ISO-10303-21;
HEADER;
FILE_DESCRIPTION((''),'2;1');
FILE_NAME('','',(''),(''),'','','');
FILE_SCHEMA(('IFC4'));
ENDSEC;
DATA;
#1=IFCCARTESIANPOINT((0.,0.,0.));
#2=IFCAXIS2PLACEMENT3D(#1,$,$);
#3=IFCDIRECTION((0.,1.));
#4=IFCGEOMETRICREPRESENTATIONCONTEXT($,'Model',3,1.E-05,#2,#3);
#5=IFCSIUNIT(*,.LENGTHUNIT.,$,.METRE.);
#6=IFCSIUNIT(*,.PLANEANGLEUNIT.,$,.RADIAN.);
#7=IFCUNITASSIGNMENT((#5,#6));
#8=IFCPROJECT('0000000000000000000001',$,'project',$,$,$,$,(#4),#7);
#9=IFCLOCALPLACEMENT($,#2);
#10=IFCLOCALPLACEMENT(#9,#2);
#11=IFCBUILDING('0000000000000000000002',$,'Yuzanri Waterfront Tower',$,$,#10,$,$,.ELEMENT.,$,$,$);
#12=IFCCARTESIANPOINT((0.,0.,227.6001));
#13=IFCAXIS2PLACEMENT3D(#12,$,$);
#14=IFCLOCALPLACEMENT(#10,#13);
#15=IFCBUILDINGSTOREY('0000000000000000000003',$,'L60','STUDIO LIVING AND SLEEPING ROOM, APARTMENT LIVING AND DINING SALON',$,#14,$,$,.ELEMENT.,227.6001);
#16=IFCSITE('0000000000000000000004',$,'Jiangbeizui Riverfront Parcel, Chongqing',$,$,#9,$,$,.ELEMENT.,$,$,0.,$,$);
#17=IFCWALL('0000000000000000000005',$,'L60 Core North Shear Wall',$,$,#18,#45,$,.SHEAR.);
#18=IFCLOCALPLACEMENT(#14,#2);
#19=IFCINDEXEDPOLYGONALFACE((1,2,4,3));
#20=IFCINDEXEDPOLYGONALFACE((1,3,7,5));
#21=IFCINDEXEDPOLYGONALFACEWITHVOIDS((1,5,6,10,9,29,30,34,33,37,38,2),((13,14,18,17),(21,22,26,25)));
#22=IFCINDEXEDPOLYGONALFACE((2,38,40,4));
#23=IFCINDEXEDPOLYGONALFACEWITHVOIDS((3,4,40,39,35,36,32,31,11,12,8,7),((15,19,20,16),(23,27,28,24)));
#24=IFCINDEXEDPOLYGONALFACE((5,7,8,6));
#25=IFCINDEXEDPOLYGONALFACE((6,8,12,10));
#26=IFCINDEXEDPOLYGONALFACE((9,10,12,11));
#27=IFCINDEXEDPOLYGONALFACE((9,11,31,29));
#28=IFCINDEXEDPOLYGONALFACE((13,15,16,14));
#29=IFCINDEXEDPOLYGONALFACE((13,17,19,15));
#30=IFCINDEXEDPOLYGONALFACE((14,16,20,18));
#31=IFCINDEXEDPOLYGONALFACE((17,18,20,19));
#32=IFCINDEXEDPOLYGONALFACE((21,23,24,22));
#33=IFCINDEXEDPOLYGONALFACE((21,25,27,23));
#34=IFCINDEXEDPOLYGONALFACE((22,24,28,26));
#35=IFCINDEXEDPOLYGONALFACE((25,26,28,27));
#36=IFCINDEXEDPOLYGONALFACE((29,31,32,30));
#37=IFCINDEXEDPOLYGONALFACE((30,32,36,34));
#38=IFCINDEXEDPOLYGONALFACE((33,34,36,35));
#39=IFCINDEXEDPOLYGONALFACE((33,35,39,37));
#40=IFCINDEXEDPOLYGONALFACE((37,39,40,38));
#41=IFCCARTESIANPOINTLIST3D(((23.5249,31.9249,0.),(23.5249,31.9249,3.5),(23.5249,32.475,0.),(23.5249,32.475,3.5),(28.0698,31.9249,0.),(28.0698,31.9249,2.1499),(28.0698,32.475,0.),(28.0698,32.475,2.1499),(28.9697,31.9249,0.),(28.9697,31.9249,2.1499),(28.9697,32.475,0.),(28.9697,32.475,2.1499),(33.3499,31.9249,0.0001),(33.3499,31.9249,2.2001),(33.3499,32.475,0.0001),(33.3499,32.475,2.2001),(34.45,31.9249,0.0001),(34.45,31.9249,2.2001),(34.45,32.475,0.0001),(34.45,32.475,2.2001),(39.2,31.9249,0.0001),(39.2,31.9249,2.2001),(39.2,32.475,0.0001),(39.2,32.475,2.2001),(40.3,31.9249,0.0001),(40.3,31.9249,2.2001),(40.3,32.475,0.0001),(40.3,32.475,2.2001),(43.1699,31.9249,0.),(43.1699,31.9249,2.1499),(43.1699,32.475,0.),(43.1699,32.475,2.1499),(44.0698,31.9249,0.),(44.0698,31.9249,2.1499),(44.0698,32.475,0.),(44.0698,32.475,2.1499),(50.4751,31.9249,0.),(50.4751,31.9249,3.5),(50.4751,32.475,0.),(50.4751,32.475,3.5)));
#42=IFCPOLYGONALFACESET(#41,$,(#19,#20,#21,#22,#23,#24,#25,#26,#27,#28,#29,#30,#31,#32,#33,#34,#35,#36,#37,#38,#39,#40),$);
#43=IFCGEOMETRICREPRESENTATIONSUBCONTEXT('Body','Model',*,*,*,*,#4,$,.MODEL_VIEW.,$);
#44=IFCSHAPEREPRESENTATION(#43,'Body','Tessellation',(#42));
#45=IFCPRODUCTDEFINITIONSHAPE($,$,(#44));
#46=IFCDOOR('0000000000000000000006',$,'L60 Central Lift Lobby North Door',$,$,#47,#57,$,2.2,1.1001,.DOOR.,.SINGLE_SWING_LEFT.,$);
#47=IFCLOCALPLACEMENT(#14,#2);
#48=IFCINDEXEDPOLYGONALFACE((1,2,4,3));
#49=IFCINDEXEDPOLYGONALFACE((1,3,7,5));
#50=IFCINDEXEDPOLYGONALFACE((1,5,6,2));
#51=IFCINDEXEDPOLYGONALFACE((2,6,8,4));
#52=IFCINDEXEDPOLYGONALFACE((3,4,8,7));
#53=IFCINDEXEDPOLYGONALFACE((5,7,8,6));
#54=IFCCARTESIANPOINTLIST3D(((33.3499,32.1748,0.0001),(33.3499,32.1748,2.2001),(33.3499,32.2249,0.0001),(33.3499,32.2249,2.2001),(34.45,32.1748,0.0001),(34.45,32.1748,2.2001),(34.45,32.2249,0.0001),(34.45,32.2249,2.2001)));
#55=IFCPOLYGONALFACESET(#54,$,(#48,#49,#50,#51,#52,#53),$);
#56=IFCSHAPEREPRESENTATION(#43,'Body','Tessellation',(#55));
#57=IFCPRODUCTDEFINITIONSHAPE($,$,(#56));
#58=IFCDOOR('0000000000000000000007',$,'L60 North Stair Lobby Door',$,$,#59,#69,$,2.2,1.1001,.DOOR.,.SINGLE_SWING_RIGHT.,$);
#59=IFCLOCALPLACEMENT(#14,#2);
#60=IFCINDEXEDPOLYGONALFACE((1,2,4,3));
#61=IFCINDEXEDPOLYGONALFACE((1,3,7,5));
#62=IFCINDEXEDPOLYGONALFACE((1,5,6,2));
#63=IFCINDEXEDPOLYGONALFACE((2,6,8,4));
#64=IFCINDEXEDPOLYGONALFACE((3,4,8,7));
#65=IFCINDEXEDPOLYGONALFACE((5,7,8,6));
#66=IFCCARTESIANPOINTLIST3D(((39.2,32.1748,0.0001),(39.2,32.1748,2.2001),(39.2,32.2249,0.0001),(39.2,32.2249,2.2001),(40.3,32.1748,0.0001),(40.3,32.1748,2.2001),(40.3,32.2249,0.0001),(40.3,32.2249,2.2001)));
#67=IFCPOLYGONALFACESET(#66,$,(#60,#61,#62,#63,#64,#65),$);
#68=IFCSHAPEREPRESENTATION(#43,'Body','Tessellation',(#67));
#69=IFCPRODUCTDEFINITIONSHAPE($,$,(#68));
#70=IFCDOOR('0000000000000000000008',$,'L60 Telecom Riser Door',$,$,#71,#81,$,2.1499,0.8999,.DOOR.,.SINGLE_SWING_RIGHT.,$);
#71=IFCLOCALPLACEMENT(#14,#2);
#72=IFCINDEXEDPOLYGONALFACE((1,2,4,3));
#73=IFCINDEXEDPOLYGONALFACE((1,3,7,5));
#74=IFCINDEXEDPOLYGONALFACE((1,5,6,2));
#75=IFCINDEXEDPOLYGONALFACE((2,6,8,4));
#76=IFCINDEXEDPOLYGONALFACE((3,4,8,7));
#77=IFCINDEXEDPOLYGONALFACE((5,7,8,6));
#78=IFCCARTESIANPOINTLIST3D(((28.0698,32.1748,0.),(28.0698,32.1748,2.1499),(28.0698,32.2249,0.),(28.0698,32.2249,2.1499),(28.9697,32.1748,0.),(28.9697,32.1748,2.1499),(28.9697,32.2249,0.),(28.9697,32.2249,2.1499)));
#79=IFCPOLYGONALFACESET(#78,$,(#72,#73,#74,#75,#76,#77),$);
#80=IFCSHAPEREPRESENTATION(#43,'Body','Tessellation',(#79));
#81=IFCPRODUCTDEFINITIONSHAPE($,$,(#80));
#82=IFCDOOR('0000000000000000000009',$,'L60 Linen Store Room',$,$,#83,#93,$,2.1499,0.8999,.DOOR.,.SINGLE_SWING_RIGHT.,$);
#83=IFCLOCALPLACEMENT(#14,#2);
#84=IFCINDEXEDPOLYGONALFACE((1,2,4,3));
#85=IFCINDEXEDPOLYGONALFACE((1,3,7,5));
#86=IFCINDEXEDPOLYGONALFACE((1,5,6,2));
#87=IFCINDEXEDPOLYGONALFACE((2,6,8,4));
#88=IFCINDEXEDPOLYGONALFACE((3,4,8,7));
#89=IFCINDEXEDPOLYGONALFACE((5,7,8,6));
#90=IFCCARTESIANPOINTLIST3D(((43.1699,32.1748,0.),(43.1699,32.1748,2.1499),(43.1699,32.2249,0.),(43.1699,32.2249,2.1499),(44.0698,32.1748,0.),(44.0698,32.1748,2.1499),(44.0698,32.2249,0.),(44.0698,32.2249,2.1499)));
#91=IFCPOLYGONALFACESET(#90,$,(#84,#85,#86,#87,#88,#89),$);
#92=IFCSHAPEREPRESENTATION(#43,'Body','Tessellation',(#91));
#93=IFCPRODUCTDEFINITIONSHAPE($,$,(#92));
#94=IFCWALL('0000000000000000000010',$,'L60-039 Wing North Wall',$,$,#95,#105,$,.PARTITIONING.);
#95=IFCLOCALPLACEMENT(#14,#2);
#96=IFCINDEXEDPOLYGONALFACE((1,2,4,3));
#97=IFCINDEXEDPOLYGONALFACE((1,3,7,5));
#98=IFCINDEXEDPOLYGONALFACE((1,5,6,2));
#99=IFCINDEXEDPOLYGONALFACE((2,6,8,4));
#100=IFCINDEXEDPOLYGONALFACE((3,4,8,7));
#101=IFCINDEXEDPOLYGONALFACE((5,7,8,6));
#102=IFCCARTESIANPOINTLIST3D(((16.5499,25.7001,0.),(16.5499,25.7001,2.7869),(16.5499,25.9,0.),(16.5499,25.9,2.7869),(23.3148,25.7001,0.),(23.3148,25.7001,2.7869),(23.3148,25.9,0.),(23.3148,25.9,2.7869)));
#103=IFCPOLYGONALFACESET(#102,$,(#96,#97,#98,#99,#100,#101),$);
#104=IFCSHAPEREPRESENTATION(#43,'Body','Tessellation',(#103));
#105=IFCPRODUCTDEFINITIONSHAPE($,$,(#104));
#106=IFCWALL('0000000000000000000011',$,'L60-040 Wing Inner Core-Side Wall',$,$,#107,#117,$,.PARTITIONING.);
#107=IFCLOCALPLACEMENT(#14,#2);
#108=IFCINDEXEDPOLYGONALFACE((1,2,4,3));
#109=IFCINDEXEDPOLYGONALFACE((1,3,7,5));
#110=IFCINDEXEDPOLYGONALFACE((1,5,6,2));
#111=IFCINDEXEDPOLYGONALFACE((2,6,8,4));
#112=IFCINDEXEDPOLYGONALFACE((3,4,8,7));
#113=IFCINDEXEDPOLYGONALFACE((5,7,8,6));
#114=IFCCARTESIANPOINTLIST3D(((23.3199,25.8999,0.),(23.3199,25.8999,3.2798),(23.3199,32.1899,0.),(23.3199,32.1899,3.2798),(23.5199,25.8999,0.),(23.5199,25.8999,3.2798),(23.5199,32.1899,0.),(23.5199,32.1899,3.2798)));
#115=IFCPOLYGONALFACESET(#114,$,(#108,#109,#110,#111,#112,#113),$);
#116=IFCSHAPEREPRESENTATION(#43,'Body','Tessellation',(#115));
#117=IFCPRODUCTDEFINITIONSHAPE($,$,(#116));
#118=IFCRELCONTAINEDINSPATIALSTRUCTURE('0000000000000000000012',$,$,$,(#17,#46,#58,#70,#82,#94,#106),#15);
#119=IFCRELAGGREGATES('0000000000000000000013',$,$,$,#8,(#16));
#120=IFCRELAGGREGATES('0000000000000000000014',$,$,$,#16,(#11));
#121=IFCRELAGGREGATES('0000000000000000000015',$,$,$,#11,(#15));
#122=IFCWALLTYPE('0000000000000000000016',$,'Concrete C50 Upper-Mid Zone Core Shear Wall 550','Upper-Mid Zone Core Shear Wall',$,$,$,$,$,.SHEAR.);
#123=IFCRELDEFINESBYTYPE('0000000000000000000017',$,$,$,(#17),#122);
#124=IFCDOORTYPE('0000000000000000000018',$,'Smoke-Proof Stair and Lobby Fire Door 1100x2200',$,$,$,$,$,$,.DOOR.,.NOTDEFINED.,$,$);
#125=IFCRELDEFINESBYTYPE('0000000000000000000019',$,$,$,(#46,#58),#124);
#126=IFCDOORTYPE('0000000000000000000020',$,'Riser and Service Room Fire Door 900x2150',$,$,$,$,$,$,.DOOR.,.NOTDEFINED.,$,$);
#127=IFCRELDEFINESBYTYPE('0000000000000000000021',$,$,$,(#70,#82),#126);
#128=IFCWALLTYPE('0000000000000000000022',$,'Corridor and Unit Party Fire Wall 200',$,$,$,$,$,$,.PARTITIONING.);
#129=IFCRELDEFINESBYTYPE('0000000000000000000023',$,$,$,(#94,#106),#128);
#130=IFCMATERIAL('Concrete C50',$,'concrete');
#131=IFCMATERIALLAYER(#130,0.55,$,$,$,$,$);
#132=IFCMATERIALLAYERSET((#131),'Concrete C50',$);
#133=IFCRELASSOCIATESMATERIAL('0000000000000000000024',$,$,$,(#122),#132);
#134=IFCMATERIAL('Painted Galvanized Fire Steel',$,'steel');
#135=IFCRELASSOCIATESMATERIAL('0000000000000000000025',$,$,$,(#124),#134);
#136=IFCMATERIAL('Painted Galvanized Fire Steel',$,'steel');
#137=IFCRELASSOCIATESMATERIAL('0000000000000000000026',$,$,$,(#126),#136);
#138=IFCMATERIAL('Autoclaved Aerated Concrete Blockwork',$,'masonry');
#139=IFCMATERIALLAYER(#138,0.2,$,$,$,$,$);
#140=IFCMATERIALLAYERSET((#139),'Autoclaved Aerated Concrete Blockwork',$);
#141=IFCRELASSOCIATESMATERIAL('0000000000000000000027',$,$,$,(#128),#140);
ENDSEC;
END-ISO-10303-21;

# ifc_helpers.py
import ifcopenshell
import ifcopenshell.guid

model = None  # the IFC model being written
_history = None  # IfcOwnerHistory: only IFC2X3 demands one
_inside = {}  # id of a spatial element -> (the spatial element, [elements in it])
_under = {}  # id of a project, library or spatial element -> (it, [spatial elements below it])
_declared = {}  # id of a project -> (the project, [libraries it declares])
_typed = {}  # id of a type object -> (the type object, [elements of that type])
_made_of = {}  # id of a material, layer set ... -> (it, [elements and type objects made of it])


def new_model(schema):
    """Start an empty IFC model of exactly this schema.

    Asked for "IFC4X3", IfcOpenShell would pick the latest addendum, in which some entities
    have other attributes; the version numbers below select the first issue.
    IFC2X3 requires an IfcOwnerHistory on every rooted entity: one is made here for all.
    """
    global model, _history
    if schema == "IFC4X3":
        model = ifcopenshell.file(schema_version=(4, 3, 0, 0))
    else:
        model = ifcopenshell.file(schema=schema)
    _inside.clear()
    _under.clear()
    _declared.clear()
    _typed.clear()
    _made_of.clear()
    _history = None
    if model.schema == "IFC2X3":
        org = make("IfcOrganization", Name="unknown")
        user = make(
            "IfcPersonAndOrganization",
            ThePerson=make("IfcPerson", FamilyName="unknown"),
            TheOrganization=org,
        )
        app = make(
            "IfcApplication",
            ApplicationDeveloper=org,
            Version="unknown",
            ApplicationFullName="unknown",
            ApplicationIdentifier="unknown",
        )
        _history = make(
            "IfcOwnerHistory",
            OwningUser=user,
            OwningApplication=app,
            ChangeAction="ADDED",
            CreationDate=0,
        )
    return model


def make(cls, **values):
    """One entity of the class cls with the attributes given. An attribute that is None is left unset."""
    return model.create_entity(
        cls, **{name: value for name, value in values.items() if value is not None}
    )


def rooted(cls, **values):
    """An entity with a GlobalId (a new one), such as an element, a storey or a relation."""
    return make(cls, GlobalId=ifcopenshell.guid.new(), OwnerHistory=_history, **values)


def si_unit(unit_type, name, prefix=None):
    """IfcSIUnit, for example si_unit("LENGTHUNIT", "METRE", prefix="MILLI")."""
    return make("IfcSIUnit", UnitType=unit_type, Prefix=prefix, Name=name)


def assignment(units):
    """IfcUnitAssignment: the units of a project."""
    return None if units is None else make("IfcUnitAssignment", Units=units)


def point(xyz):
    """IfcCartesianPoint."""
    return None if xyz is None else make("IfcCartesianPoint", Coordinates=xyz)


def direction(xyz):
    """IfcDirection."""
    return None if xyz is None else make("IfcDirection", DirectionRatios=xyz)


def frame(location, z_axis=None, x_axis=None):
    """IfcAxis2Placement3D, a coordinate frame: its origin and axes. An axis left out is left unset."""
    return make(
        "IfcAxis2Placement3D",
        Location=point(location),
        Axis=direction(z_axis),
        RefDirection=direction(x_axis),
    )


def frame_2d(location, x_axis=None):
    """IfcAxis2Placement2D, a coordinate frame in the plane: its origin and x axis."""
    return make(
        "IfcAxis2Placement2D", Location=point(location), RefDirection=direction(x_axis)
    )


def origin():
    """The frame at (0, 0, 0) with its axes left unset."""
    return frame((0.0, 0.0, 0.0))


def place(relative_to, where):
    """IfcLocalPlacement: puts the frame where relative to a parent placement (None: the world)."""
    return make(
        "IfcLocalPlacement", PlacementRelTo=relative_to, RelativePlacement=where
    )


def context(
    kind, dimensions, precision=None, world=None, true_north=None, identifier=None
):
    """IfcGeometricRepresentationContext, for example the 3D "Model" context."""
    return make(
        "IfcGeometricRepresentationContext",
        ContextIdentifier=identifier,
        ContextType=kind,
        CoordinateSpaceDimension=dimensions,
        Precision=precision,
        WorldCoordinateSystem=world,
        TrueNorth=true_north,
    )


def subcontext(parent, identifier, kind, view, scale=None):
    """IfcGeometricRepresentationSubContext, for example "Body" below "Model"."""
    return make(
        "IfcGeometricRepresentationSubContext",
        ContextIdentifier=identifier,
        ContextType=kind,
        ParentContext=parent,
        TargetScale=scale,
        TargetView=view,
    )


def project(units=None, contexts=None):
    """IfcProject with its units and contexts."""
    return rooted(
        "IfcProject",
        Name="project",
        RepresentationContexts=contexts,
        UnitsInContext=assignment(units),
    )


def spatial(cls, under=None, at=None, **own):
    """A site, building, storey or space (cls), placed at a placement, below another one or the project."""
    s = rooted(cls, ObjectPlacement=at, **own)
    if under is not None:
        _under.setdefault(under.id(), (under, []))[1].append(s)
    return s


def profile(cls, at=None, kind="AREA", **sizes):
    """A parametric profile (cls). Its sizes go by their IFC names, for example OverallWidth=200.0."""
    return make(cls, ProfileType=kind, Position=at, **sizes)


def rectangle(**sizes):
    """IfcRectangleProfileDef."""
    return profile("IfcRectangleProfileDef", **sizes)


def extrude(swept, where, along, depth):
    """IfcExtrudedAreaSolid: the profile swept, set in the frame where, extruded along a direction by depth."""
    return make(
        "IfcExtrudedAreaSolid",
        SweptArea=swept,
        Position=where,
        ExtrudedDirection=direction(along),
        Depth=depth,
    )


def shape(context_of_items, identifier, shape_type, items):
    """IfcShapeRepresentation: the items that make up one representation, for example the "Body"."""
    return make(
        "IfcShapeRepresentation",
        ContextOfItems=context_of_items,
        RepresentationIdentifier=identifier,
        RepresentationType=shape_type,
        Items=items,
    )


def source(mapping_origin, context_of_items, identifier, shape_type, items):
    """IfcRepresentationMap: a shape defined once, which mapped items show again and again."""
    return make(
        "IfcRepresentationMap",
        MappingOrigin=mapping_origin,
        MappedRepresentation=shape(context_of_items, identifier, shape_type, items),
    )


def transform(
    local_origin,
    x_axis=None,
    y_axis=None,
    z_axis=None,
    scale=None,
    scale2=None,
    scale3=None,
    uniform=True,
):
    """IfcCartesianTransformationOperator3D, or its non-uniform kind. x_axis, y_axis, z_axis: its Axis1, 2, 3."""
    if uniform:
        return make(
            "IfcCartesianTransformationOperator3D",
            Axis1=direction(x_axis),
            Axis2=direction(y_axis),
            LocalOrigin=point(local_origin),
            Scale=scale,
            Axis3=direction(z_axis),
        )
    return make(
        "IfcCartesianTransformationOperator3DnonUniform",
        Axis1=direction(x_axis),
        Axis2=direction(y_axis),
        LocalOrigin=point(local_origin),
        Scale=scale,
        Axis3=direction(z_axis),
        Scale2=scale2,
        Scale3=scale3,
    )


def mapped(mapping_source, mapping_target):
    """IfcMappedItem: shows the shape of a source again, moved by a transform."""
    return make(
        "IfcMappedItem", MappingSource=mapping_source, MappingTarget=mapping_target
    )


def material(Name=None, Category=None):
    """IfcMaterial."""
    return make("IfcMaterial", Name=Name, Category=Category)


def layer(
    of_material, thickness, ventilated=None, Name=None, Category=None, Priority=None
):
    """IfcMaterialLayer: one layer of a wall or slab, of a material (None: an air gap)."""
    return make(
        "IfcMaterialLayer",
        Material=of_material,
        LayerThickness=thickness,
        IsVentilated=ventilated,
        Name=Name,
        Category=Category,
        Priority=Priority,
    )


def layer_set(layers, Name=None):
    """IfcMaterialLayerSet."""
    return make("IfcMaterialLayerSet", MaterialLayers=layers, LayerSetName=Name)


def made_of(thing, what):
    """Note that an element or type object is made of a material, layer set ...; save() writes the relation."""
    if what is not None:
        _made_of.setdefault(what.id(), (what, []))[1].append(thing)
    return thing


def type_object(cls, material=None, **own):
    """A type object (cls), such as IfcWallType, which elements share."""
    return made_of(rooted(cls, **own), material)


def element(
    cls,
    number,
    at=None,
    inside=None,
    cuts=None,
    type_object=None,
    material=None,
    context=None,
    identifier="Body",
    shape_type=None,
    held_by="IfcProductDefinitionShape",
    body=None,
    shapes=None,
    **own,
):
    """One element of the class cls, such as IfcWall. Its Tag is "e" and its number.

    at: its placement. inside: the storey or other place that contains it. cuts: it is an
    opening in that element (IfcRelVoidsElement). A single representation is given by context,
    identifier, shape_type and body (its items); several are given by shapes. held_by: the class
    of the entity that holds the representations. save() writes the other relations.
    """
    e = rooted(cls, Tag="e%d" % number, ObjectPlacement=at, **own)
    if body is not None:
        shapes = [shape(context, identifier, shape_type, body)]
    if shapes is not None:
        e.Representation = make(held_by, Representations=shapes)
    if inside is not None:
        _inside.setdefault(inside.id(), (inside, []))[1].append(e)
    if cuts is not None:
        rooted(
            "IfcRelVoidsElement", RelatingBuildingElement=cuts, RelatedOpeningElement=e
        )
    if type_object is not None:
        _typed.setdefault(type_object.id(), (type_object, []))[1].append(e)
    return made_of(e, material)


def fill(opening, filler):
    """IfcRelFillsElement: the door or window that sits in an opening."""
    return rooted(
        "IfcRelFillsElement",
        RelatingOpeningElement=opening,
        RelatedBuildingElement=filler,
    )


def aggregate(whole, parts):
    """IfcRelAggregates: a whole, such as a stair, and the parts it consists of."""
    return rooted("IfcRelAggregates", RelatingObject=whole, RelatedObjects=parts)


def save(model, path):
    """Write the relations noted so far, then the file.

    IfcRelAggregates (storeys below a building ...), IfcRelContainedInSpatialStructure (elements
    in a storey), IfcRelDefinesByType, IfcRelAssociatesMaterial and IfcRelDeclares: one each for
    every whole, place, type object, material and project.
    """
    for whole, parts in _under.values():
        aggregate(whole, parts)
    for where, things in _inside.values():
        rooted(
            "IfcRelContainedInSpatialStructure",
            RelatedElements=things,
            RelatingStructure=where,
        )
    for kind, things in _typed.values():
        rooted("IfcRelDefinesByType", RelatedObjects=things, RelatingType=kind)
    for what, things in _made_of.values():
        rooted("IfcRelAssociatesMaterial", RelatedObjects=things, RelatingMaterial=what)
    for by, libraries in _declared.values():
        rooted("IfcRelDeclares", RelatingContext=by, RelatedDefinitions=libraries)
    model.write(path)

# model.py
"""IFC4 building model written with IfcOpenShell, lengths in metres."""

from ifc_helpers import new_model, si_unit, direction, frame, frame_2d, origin, place, context, subcontext, project, spatial, rectangle, extrude, source, transform, mapped, material, layer, layer_set, type_object, element, fill, save


model = new_model("IFC4")

# Units and contexts
model_context = context("Model", 3, precision=1e-05, world=origin(), true_north=direction((0.0, 1.0)))
body_context = subcontext(model_context, "Body", "Model", "MODEL_VIEW")
ifc_project = project(units=[si_unit("LENGTHUNIT", "METRE"), si_unit("PLANEANGLEUNIT", "RADIAN")], contexts=[model_context])

# Site, building, storey
site_placement = place(None, origin())
site = spatial("IfcSite", under=ifc_project, at=site_placement, Name="Jiangbeizui Riverfront Parcel, Chongqing", CompositionType="ELEMENT", RefElevation=0.0)
building_placement = place(site_placement, origin())
building = spatial("IfcBuilding", under=site, at=building_placement, Name="Yuzanri Waterfront Tower", CompositionType="ELEMENT")
storey_placement = place(building_placement, frame((0.0, 0.0, 227.6001)))
storey = spatial("IfcBuildingStorey", under=building, at=storey_placement, Name="L60", Description="STUDIO LIVING AND SLEEPING ROOM, APARTMENT LIVING AND DINING SALON", CompositionType="ELEMENT", Elevation=227.6001)

# Wall, openings, doors
ifc_material_1 = material(Name="Concrete C50", Category="concrete")
ifc_layer_1 = layer(ifc_material_1, 0.55)
ifc_layer_set_1 = layer_set([ifc_layer_1], Name="Concrete C50")
wall_type_1 = type_object("IfcWallType", Name="Concrete C50 Upper-Mid Zone Core Shear Wall 550", Description="Upper-Mid Zone Core Shear Wall", PredefinedType="SHEAR", material=ifc_layer_set_1)
wall_1_placement = place(storey_placement, frame((23.5249, 32.2, 0.0), z_axis=(0.0, 0.0, 1.0), x_axis=(1.0, 0.0, 0.0)))
wall_1 = element("IfcWall", 1, at=wall_1_placement, inside=storey, type_object=wall_type_1, Name="L60 Core North Shear Wall", PredefinedType="SHEAR", context=body_context, shape_type="SweptSolid", body=[
    extrude(rectangle(XDim=26.9502, YDim=0.55, at=frame_2d((13.4751, 0.0))), origin(), (0.0, 0.0, 1.0), 3.5),
])
opening_1_placement = place(wall_1_placement, frame((4.5449, 0.0, 0.0)))
opening_1 = element("IfcOpeningElement", 2, at=opening_1_placement, cuts=wall_1, PredefinedType="OPENING", context=body_context, shape_type="SweptSolid", body=[
    extrude(rectangle(XDim=0.8999, YDim=2.1499, at=frame_2d((0.45, 1.075))), frame((0.0, 0.29, 0.0), z_axis=(0.0, -1.0, 0.0), x_axis=(1.0, 0.0, 0.0)), (0.0, 0.0, 1.0), 0.5798),
])
opening_2_placement = place(wall_1_placement, frame((9.825, 0.0, 0.0)))
opening_2 = element("IfcOpeningElement", 3, at=opening_2_placement, cuts=wall_1, PredefinedType="OPENING", context=body_context, shape_type="SweptSolid", body=[
    extrude(rectangle(XDim=1.1001, YDim=2.2, at=frame_2d((0.55, 1.1001))), frame((0.0, 0.29, 0.0), z_axis=(0.0, -1.0, 0.0), x_axis=(1.0, 0.0, 0.0)), (0.0, 0.0, 1.0), 0.5798),
])
opening_3_placement = place(wall_1_placement, frame((15.675, 0.0, 0.0)))
opening_3 = element("IfcOpeningElement", 4, at=opening_3_placement, cuts=wall_1, PredefinedType="OPENING", context=body_context, shape_type="SweptSolid", body=[
    extrude(rectangle(XDim=1.1001, YDim=2.2, at=frame_2d((0.55, 1.1001))), frame((0.0, 0.29, 0.0), z_axis=(0.0, -1.0, 0.0), x_axis=(1.0, 0.0, 0.0)), (0.0, 0.0, 1.0), 0.5798),
])
opening_4_placement = place(wall_1_placement, frame((19.645, 0.0, 0.0)))
opening_4 = element("IfcOpeningElement", 5, at=opening_4_placement, cuts=wall_1, PredefinedType="OPENING", context=body_context, shape_type="SweptSolid", body=[
    extrude(rectangle(XDim=0.8999, YDim=2.1499, at=frame_2d((0.45, 1.075))), frame((0.0, 0.29, 0.0), z_axis=(0.0, -1.0, 0.0), x_axis=(1.0, 0.0, 0.0)), (0.0, 0.0, 1.0), 0.5798),
])
ifc_material_2 = material(Name="Painted Galvanized Fire Steel", Category="steel")
door_type_1 = type_object("IfcDoorType", Name="Smoke-Proof Stair and Lobby Fire Door 1100x2200", OperationType="NOTDEFINED", PredefinedType="DOOR", material=ifc_material_2)
shared_shape_1 = source(origin(), body_context, "Body", "SweptSolid", [
    extrude(rectangle(XDim=1.1001, YDim=2.2, at=frame_2d((0.55, 1.1001))), frame((0.0, 0.0249, 0.0), z_axis=(0.0, -1.0, 0.0), x_axis=(1.0, 0.0, 0.0)), (0.0, 0.0, 1.0), 0.05),
])
door_1_placement = place(opening_2_placement, origin())
door_1 = element("IfcDoor", 6, at=door_1_placement, inside=storey, type_object=door_type_1, Name="L60 Central Lift Lobby North Door", OperationType="SINGLE_SWING_LEFT", OverallHeight=2.2, OverallWidth=1.1001, PredefinedType="DOOR", context=body_context, shape_type="MappedRepresentation", body=[
    mapped(shared_shape_1, transform((0.0, 0.0, 0.0), scale=1.0)),
])
fill(opening_2, door_1)
door_2_placement = place(opening_3_placement, origin())
door_2 = element("IfcDoor", 7, at=door_2_placement, inside=storey, type_object=door_type_1, Name="L60 North Stair Lobby Door", OperationType="SINGLE_SWING_RIGHT", OverallHeight=2.2, OverallWidth=1.1001, PredefinedType="DOOR", context=body_context, shape_type="MappedRepresentation", body=[
    mapped(shared_shape_1, transform((0.0, 0.0, 0.0), scale=1.0)),
])
fill(opening_3, door_2)
ifc_material_3 = material(Name="Painted Galvanized Fire Steel", Category="steel")
door_type_2 = type_object("IfcDoorType", Name="Riser and Service Room Fire Door 900x2150", OperationType="NOTDEFINED", PredefinedType="DOOR", material=ifc_material_3)
shared_shape_2 = source(origin(), body_context, "Body", "SweptSolid", [
    extrude(rectangle(XDim=0.8999, YDim=2.1499, at=frame_2d((0.45, 1.075))), frame((0.0, 0.0249, 0.0), z_axis=(0.0, -1.0, 0.0), x_axis=(1.0, 0.0, 0.0)), (0.0, 0.0, 1.0), 0.05),
])
door_3_placement = place(opening_1_placement, origin())
door_3 = element("IfcDoor", 8, at=door_3_placement, inside=storey, type_object=door_type_2, Name="L60 Telecom Riser Door", OperationType="SINGLE_SWING_RIGHT", OverallHeight=2.1499, OverallWidth=0.8999, PredefinedType="DOOR", context=body_context, shape_type="MappedRepresentation", body=[
    mapped(shared_shape_2, transform((0.0, 0.0, 0.0), scale=1.0)),
])
fill(opening_1, door_3)
door_4_placement = place(opening_4_placement, origin())
door_4 = element("IfcDoor", 9, at=door_4_placement, inside=storey, type_object=door_type_2, Name="L60 Linen Store Room", OperationType="SINGLE_SWING_RIGHT", OverallHeight=2.1499, OverallWidth=0.8999, PredefinedType="DOOR", context=body_context, shape_type="MappedRepresentation", body=[
    mapped(shared_shape_2, transform((0.0, 0.0, 0.0), scale=1.0)),
])
fill(opening_4, door_4)

# Walls
ifc_material_4 = material(Name="Autoclaved Aerated Concrete Blockwork", Category="masonry")
ifc_layer_2 = layer(ifc_material_4, 0.2)
ifc_layer_set_2 = layer_set([ifc_layer_2], Name="Autoclaved Aerated Concrete Blockwork")
wall_type_2 = type_object("IfcWallType", Name="Corridor and Unit Party Fire Wall 200", PredefinedType="PARTITIONING", material=ifc_layer_set_2)
shared_shape_3 = source(origin(), body_context, "Body", "SweptSolid", [
    extrude(rectangle(XDim=6.7649, YDim=0.2, at=frame_2d((3.3823, 0.0))), origin(), (0.0, 0.0, 1.0), 2.7869),
])
wall_2_placement = place(storey_placement, frame((16.55, 25.8, 0.0), z_axis=(0.0, 0.0, 1.0), x_axis=(1.0, 0.0, 0.0)))
element("IfcWall", 10, at=wall_2_placement, inside=storey, type_object=wall_type_2, Name="L60-039 Wing North Wall", PredefinedType="PARTITIONING", context=body_context, shape_type="MappedRepresentation", body=[
    mapped(shared_shape_3, transform((0.0, 0.0, 0.0), scale=1.0)),
])
shared_shape_4 = source(origin(), body_context, "Body", "SweptSolid", [
    extrude(rectangle(XDim=6.29, YDim=0.2, at=frame_2d((3.145, 0.0))), origin(), (0.0, 0.0, 1.0), 3.2798),
])
wall_3_placement = place(storey_placement, frame((23.4199, 25.8999, 0.0), z_axis=(0.0, 0.0, 1.0), x_axis=(0.0, 1.0, 0.0)))
element("IfcWall", 11, at=wall_3_placement, inside=storey, type_object=wall_type_2, Name="L60-040 Wing Inner Core-Side Wall", PredefinedType="PARTITIONING", context=body_context, shape_type="MappedRepresentation", body=[
    mapped(shared_shape_4, transform((0.0, 0.0, 0.0), scale=1.0)),
])

save(model, "model.ifc")
